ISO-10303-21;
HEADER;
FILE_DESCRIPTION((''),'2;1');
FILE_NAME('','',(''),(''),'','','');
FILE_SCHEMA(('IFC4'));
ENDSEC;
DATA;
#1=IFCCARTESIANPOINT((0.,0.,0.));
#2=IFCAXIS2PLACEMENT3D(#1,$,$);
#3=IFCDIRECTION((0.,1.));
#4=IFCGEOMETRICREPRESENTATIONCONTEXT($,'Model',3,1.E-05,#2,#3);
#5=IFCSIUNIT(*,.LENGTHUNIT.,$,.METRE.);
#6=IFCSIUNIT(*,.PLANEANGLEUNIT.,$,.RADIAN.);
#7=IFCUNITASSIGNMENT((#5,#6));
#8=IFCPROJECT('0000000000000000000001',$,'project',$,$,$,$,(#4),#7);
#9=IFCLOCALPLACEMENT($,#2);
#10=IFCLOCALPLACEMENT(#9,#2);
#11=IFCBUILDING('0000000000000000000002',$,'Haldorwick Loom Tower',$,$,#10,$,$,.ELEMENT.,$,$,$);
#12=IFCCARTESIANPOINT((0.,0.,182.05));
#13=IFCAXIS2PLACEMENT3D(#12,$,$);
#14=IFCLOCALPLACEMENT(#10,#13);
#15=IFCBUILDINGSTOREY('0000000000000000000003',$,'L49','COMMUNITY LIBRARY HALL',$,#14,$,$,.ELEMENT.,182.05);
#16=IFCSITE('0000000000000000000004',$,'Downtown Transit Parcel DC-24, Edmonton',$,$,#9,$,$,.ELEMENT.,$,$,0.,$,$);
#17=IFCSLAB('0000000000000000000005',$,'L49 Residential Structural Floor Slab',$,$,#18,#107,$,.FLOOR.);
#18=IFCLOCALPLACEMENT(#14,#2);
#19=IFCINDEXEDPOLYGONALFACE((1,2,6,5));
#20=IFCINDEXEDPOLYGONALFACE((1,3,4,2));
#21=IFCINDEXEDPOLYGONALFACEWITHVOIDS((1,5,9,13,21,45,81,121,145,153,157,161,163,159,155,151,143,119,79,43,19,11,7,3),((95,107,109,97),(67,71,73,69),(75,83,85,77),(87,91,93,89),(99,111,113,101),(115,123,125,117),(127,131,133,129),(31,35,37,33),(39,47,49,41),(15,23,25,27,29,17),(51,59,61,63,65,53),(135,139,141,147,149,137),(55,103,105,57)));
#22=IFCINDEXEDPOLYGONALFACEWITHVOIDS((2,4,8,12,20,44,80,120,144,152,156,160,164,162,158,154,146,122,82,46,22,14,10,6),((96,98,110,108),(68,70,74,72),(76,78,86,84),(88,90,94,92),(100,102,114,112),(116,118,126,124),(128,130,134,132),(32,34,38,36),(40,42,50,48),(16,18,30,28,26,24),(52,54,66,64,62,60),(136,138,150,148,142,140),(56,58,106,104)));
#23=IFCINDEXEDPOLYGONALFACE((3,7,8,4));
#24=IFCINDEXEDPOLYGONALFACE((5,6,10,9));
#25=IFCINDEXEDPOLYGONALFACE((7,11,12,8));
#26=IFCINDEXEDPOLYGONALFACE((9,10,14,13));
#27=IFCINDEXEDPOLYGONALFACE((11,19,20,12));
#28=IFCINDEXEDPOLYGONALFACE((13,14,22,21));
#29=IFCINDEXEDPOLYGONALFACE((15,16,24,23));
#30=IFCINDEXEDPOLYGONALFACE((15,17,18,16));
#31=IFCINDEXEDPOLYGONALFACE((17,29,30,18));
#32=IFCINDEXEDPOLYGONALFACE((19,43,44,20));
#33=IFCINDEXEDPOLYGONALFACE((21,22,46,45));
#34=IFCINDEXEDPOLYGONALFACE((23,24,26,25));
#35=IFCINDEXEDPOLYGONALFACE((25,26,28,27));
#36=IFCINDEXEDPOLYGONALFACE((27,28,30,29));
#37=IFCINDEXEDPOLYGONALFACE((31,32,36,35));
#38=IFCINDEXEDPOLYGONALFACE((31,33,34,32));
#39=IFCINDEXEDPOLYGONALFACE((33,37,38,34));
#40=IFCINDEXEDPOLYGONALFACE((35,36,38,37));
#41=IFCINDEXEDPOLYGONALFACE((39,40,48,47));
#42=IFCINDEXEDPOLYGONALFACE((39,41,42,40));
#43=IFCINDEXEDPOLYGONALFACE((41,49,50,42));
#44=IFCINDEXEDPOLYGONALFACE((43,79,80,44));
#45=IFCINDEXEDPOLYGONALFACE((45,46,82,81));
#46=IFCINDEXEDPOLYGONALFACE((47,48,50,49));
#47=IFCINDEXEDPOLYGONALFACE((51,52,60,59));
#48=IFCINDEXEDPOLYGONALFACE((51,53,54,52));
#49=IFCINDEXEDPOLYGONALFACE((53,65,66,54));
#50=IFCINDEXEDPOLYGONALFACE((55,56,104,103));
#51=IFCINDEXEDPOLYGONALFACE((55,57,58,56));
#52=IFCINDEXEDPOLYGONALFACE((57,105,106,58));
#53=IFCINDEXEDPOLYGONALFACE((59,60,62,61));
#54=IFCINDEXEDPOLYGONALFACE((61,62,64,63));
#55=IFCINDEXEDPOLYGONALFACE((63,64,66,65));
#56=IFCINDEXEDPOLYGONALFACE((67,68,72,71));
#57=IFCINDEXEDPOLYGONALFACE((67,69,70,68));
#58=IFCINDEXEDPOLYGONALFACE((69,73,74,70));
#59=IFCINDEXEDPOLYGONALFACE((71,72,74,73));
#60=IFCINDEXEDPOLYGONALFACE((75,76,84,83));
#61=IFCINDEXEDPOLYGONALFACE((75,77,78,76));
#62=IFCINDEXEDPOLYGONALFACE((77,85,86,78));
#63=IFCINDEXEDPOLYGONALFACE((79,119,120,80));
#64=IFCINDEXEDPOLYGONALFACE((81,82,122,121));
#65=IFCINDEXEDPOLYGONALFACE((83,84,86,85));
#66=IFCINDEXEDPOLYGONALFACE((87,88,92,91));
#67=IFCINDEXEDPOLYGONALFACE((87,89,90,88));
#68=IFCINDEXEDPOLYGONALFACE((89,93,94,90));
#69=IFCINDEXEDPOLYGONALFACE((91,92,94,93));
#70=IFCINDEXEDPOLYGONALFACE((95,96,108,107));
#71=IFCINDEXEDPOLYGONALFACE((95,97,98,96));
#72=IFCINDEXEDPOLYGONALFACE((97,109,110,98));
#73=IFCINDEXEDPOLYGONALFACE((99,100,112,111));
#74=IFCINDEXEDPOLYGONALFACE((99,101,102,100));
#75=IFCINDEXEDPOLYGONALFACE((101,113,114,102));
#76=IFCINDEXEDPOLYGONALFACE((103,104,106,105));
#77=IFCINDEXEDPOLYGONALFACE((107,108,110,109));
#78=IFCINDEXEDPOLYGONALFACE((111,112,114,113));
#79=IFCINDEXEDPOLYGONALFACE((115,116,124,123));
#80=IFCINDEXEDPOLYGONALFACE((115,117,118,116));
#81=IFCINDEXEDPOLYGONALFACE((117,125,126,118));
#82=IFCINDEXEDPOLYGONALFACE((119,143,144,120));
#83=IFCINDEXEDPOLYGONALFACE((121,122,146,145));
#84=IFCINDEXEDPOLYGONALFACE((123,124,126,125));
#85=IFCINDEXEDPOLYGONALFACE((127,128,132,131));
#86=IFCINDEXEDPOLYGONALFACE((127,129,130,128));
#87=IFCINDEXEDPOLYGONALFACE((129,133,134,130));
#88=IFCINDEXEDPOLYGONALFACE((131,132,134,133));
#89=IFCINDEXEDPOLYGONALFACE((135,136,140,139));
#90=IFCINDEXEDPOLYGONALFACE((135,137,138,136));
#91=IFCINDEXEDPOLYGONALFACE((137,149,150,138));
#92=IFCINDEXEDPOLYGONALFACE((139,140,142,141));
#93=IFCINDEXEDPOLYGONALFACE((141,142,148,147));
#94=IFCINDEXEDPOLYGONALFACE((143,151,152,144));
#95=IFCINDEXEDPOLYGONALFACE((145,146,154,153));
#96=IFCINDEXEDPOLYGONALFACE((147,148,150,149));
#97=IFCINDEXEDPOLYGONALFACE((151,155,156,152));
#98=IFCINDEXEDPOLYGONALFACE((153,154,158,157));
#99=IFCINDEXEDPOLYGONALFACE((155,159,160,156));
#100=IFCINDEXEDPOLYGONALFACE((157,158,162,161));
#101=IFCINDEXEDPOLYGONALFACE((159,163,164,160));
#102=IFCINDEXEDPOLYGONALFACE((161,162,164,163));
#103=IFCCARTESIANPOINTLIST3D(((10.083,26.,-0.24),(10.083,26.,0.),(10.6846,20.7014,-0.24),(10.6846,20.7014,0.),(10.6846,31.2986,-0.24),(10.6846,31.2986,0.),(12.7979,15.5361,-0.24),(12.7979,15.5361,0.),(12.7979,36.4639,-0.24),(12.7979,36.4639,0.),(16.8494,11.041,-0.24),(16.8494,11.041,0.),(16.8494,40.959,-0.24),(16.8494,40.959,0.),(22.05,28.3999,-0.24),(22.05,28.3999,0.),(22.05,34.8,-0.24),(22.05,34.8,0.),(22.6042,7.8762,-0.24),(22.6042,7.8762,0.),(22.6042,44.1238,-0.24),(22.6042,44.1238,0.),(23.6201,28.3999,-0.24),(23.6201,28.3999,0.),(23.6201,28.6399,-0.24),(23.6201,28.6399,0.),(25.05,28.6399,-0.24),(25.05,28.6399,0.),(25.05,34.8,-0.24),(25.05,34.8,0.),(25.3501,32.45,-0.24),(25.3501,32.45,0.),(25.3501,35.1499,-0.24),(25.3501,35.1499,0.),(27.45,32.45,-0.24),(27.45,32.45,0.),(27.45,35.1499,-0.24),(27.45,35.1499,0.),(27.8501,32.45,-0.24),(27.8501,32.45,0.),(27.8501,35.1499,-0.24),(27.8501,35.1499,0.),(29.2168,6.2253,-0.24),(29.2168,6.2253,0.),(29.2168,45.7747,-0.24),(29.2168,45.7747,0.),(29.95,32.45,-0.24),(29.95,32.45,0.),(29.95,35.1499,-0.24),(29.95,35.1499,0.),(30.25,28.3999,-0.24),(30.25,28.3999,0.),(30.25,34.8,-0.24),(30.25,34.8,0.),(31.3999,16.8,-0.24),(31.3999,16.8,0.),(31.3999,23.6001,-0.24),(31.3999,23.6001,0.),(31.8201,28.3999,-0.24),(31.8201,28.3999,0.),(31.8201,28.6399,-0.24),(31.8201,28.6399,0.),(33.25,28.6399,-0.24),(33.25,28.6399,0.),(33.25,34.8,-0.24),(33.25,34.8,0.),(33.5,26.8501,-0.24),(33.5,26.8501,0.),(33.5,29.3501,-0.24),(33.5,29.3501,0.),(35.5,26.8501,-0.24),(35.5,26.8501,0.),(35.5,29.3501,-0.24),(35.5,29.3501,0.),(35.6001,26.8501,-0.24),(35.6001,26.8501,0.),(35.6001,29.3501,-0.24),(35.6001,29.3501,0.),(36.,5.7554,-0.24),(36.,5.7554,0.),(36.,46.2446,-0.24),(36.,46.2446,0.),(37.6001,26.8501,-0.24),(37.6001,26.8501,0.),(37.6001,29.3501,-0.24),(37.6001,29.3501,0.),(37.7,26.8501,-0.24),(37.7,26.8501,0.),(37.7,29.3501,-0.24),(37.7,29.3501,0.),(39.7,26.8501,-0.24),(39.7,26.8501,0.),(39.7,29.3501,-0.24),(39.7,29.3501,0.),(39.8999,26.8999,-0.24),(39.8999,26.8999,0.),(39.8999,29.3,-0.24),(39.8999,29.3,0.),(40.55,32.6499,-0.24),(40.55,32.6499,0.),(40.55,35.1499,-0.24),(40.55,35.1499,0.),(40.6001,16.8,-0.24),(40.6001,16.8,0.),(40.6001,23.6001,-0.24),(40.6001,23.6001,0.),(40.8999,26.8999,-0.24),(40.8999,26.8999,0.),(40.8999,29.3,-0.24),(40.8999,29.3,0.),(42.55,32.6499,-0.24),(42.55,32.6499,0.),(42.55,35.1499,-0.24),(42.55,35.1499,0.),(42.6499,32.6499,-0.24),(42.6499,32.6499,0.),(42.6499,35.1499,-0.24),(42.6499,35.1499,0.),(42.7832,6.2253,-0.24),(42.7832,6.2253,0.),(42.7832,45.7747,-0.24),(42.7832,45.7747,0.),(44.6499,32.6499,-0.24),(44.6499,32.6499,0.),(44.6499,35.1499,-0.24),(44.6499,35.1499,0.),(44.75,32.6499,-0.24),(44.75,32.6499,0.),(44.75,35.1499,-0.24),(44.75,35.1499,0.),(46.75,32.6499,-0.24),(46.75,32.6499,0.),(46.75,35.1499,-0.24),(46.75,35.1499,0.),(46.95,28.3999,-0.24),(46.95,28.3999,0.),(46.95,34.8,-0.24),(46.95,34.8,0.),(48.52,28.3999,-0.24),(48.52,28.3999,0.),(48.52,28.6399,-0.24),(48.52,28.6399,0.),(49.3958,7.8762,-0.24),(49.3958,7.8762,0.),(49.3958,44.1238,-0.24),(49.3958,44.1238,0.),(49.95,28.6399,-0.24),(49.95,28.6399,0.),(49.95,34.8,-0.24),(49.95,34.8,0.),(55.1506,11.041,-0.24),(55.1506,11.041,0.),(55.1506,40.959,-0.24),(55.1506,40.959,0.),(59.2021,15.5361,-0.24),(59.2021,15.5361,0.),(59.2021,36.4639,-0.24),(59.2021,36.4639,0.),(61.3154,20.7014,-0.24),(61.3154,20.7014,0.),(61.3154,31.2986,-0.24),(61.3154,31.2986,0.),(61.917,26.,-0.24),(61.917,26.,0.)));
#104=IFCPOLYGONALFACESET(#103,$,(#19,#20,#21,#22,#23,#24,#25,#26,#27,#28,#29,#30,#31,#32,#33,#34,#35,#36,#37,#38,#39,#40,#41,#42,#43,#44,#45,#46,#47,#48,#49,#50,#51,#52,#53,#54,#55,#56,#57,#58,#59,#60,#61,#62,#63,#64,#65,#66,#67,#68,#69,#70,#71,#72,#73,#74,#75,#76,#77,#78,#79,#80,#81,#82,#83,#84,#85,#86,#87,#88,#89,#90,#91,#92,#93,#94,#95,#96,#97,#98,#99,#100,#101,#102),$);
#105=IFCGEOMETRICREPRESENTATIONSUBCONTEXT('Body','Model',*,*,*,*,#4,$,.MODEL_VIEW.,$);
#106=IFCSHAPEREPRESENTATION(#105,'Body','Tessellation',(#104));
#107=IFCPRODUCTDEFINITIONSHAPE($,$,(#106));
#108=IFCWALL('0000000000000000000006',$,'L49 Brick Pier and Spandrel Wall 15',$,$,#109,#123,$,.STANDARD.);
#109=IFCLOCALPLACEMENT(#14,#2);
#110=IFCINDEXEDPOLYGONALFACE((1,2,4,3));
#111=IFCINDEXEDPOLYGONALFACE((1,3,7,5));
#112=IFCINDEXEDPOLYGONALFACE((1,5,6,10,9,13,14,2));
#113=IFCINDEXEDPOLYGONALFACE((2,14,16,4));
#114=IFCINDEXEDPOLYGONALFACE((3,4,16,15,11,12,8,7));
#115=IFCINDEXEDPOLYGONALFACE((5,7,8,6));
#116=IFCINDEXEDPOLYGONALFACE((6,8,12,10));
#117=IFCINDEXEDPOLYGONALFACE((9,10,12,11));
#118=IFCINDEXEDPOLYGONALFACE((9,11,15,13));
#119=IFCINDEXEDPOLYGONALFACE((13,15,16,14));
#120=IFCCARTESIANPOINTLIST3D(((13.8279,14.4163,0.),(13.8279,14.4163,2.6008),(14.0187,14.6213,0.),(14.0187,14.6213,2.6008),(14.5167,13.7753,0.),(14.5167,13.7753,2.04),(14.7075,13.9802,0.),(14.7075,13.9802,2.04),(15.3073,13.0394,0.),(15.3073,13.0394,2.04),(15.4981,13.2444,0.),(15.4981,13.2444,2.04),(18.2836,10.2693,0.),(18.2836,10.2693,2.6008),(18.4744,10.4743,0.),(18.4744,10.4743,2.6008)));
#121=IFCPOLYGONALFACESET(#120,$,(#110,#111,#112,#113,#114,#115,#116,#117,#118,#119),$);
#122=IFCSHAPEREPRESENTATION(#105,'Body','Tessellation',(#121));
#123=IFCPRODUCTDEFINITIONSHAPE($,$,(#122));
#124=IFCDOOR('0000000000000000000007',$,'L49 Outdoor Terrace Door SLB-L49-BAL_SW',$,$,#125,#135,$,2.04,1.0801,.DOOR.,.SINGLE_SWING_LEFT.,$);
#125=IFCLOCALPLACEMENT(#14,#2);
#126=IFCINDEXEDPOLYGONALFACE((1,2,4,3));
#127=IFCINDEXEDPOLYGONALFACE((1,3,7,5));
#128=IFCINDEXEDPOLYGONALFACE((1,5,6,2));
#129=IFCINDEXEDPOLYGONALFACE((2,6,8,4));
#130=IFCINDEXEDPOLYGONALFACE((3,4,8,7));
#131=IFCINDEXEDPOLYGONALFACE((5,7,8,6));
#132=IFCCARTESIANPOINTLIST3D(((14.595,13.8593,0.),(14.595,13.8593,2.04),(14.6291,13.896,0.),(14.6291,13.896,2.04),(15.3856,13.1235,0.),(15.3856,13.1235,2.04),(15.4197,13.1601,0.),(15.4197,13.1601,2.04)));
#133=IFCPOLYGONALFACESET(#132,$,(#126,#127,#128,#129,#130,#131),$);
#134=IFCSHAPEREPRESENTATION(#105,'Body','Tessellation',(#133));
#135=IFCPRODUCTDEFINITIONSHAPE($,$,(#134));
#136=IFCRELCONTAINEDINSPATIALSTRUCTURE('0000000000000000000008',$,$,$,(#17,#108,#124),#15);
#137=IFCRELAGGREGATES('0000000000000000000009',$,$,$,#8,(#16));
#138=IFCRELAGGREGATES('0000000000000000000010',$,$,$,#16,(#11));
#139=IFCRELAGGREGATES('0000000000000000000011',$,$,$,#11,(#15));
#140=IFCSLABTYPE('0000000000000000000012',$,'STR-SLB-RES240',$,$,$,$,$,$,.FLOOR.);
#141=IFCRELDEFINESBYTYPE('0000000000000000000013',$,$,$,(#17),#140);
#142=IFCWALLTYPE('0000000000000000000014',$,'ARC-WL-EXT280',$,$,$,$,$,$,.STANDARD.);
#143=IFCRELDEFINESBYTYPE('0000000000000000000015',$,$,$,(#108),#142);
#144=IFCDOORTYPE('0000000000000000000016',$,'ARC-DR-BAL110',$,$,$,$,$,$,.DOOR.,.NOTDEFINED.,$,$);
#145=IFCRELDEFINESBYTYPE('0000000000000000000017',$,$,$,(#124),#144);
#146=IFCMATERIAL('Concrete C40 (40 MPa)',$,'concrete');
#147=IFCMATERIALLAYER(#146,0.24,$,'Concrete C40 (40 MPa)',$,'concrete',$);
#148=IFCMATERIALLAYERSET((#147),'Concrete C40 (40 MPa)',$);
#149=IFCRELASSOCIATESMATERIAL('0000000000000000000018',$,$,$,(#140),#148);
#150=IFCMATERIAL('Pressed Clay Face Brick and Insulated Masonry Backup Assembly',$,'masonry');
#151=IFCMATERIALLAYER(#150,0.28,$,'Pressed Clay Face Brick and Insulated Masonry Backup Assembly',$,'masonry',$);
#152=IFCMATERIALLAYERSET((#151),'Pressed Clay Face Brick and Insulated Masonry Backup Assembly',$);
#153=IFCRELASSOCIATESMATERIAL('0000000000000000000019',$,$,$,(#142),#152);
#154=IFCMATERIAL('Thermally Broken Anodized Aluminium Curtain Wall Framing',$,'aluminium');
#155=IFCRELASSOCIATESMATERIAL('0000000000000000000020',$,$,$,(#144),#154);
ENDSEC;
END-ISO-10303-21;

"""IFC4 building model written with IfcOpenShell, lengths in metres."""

from ifc_helpers import new_model, si_unit, direction, frame, frame_2d, origin, place, context, subcontext, project, spatial, polyline, rectangle, outline, extrude, material, layer, layer_set, type_object, element, fill, save


model = new_model("IFC4")

# Units and contexts
model_context = context("Model", 3, precision=1e-05, world=origin(), true_north=direction((0.0, 1.0)))
body_context = subcontext(model_context, "Body", "Model", "MODEL_VIEW")
ifc_project = project(units=[si_unit("LENGTHUNIT", "METRE"), si_unit("PLANEANGLEUNIT", "RADIAN")], contexts=[model_context])

# Site, building, storey
site_placement = place(None, origin())
site = spatial("IfcSite", under=ifc_project, at=site_placement, Name="Downtown Transit Parcel DC-24, Edmonton", CompositionType="ELEMENT", RefElevation=0.0)
building_placement = place(site_placement, origin())
building = spatial("IfcBuilding", under=site, at=building_placement, Name="Haldorwick Loom Tower", CompositionType="ELEMENT")
storey_placement = place(building_placement, frame((0.0, 0.0, 182.05)))
storey = spatial("IfcBuildingStorey", under=building, at=storey_placement, Name="L49", Description="COMMUNITY LIBRARY HALL", CompositionType="ELEMENT", Elevation=182.05)

# Shared definitions
ifc_material_1 = material(Name="Concrete C40 (40 MPa)", Category="concrete")

# Slab
ifc_layer_1 = layer(ifc_material_1, 0.24, Name="Concrete C40 (40 MPa)", Category="concrete")
ifc_layer_set_1 = layer_set([ifc_layer_1], Name="Concrete C40 (40 MPa)")
slab_type_1 = type_object("IfcSlabType", Name="STR-SLB-RES240", PredefinedType="FLOOR", material=ifc_layer_set_1)
slab_1_placement = place(storey_placement, frame((0.0, 0.0, -0.24)))
element("IfcSlab", 1, at=slab_1_placement, inside=storey, type_object=slab_type_1, Name="L49 Residential Structural Floor Slab", PredefinedType="FLOOR", context=body_context, shape_type="SweptSolid", body=[
    extrude(outline(polyline([(55.1506, 11.041), (59.2021, 15.5361), (61.3154, 20.7014), (61.917, 26.0), (61.3154, 31.2986), (59.2021, 36.4639), (55.1506, 40.959), (49.3958, 44.1238), (42.7832, 45.7747), (36.0, 46.2446), (29.2168, 45.7747), (22.6042, 44.1238), (16.8494, 40.959), (12.7979, 36.4639), (10.6846, 31.2986), (10.083, 26.0), (10.6846, 20.7014), (12.7979, 15.5361), (16.8494, 11.041), (22.6042, 7.8762), (29.2168, 6.2253), (36.0, 5.7554), (42.7832, 6.2253), (49.3958, 7.8762), (55.1506, 11.041)]), holes=[polyline([(31.3999, 16.8), (31.3999, 23.6001), (40.6001, 23.6001), (40.6001, 16.8), (31.3999, 16.8)]), polyline([(33.5, 26.8501), (33.5, 29.3501), (35.5, 29.3501), (35.5, 26.8501), (33.5, 26.8501)]), polyline([(35.6001, 26.8501), (35.6001, 29.3501), (37.6001, 29.3501), (37.6001, 26.8501), (35.6001, 26.8501)]), polyline([(23.6201, 28.3999), (22.05, 28.3999), (22.05, 34.8), (25.05, 34.8), (25.05, 28.6399), (23.6201, 28.6399), (23.6201, 28.3999)]), polyline([(30.25, 28.3999), (30.25, 34.8), (33.25, 34.8), (33.25, 28.6399), (31.8201, 28.6399), (31.8201, 28.3999), (30.25, 28.3999)]), polyline([(25.3501, 32.45), (25.3501, 35.1499), (27.45, 35.1499), (27.45, 32.45), (25.3501, 32.45)]), polyline([(29.95, 32.45), (27.8501, 32.45), (27.8501, 35.1499), (29.95, 35.1499), (29.95, 32.45)]), polyline([(37.7, 26.8501), (37.7, 29.3501), (39.7, 29.3501), (39.7, 26.8501), (37.7, 26.8501)]), polyline([(39.8999, 26.8999), (39.8999, 29.3), (40.8999, 29.3), (40.8999, 26.8999), (39.8999, 26.8999)]), polyline([(46.95, 28.3999), (46.95, 34.8), (49.95, 34.8), (49.95, 28.6399), (48.52, 28.6399), (48.52, 28.3999), (46.95, 28.3999)]), polyline([(40.55, 32.6499), (40.55, 35.1499), (42.55, 35.1499), (42.55, 32.6499), (40.55, 32.6499)]), polyline([(42.6499, 32.6499), (42.6499, 35.1499), (44.6499, 35.1499), (44.6499, 32.6499), (42.6499, 32.6499)]), polyline([(44.75, 32.6499), (44.75, 35.1499), (46.75, 35.1499), (46.75, 32.6499), (44.75, 32.6499)])]), origin(), (0.0, 0.0, 1.0), 0.24),
])

# Wall, opening, door
ifc_material_2 = material(Name="Pressed Clay Face Brick and Insulated Masonry Backup Assembly", Category="masonry")
ifc_layer_2 = layer(ifc_material_2, 0.28, Name="Pressed Clay Face Brick and Insulated Masonry Backup Assembly", Category="masonry")
ifc_layer_set_2 = layer_set([ifc_layer_2], Name="Pressed Clay Face Brick and Insulated Masonry Backup Assembly")
wall_type = type_object("IfcWallType", Name="ARC-WL-EXT280", PredefinedType="STANDARD", material=ifc_layer_set_2)
wall_1_placement = place(storey_placement, frame((13.9233, 14.5188, 0.0), z_axis=(0.0, 0.0, 1.0), x_axis=(0.732002, -0.681303, 0.0)))
wall_1 = element("IfcWall", 2, at=wall_1_placement, inside=storey, type_object=wall_type, Name="L49 Brick Pier and Spandrel Wall 15", PredefinedType="STANDARD", context=body_context, shape_type="SweptSolid", body=[
    extrude(rectangle(XDim=6.0869, YDim=0.28, at=frame_2d((3.0435, 0.0))), origin(), (0.0, 0.0, 1.0), 2.6008),
])
opening_1_placement = place(wall_1_placement, frame((0.9409, 0.0, 0.0)))
opening_1 = element("IfcOpeningElement", 3, at=opening_1_placement, cuts=wall_1, PredefinedType="OPENING", context=body_context, shape_type="SweptSolid", body=[
    extrude(rectangle(XDim=1.0801, YDim=2.04, at=frame_2d((0.54, 1.02))), frame((0.0, 0.1499, 0.0), z_axis=(0.0, -1.0, 0.0), x_axis=(1.0, 0.0, 0.0)), (0.0, 0.0, 1.0), 0.3),
])
ifc_material_3 = material(Name="Thermally Broken Anodized Aluminium Curtain Wall Framing", Category="aluminium")
door_type = type_object("IfcDoorType", Name="ARC-DR-BAL110", OperationType="NOTDEFINED", PredefinedType="DOOR", material=ifc_material_3)
door_placement = place(opening_1_placement, origin())
door = element("IfcDoor", 4, at=door_placement, inside=storey, type_object=door_type, Name="L49 Outdoor Terrace Door SLB-L49-BAL_SW", OperationType="SINGLE_SWING_LEFT", OverallHeight=2.04, OverallWidth=1.0801, PredefinedType="DOOR", context=body_context, shape_type="SweptSolid", body=[
    extrude(rectangle(XDim=1.0801, YDim=2.04, at=frame_2d((0.54, 1.02))), frame((0.0, 0.0249, 0.0), z_axis=(0.0, -1.0, 0.0), x_axis=(1.0, 0.0, 0.0)), (0.0, 0.0, 1.0), 0.05),
])
fill(opening_1, door)

save(model, "model.ifc")
